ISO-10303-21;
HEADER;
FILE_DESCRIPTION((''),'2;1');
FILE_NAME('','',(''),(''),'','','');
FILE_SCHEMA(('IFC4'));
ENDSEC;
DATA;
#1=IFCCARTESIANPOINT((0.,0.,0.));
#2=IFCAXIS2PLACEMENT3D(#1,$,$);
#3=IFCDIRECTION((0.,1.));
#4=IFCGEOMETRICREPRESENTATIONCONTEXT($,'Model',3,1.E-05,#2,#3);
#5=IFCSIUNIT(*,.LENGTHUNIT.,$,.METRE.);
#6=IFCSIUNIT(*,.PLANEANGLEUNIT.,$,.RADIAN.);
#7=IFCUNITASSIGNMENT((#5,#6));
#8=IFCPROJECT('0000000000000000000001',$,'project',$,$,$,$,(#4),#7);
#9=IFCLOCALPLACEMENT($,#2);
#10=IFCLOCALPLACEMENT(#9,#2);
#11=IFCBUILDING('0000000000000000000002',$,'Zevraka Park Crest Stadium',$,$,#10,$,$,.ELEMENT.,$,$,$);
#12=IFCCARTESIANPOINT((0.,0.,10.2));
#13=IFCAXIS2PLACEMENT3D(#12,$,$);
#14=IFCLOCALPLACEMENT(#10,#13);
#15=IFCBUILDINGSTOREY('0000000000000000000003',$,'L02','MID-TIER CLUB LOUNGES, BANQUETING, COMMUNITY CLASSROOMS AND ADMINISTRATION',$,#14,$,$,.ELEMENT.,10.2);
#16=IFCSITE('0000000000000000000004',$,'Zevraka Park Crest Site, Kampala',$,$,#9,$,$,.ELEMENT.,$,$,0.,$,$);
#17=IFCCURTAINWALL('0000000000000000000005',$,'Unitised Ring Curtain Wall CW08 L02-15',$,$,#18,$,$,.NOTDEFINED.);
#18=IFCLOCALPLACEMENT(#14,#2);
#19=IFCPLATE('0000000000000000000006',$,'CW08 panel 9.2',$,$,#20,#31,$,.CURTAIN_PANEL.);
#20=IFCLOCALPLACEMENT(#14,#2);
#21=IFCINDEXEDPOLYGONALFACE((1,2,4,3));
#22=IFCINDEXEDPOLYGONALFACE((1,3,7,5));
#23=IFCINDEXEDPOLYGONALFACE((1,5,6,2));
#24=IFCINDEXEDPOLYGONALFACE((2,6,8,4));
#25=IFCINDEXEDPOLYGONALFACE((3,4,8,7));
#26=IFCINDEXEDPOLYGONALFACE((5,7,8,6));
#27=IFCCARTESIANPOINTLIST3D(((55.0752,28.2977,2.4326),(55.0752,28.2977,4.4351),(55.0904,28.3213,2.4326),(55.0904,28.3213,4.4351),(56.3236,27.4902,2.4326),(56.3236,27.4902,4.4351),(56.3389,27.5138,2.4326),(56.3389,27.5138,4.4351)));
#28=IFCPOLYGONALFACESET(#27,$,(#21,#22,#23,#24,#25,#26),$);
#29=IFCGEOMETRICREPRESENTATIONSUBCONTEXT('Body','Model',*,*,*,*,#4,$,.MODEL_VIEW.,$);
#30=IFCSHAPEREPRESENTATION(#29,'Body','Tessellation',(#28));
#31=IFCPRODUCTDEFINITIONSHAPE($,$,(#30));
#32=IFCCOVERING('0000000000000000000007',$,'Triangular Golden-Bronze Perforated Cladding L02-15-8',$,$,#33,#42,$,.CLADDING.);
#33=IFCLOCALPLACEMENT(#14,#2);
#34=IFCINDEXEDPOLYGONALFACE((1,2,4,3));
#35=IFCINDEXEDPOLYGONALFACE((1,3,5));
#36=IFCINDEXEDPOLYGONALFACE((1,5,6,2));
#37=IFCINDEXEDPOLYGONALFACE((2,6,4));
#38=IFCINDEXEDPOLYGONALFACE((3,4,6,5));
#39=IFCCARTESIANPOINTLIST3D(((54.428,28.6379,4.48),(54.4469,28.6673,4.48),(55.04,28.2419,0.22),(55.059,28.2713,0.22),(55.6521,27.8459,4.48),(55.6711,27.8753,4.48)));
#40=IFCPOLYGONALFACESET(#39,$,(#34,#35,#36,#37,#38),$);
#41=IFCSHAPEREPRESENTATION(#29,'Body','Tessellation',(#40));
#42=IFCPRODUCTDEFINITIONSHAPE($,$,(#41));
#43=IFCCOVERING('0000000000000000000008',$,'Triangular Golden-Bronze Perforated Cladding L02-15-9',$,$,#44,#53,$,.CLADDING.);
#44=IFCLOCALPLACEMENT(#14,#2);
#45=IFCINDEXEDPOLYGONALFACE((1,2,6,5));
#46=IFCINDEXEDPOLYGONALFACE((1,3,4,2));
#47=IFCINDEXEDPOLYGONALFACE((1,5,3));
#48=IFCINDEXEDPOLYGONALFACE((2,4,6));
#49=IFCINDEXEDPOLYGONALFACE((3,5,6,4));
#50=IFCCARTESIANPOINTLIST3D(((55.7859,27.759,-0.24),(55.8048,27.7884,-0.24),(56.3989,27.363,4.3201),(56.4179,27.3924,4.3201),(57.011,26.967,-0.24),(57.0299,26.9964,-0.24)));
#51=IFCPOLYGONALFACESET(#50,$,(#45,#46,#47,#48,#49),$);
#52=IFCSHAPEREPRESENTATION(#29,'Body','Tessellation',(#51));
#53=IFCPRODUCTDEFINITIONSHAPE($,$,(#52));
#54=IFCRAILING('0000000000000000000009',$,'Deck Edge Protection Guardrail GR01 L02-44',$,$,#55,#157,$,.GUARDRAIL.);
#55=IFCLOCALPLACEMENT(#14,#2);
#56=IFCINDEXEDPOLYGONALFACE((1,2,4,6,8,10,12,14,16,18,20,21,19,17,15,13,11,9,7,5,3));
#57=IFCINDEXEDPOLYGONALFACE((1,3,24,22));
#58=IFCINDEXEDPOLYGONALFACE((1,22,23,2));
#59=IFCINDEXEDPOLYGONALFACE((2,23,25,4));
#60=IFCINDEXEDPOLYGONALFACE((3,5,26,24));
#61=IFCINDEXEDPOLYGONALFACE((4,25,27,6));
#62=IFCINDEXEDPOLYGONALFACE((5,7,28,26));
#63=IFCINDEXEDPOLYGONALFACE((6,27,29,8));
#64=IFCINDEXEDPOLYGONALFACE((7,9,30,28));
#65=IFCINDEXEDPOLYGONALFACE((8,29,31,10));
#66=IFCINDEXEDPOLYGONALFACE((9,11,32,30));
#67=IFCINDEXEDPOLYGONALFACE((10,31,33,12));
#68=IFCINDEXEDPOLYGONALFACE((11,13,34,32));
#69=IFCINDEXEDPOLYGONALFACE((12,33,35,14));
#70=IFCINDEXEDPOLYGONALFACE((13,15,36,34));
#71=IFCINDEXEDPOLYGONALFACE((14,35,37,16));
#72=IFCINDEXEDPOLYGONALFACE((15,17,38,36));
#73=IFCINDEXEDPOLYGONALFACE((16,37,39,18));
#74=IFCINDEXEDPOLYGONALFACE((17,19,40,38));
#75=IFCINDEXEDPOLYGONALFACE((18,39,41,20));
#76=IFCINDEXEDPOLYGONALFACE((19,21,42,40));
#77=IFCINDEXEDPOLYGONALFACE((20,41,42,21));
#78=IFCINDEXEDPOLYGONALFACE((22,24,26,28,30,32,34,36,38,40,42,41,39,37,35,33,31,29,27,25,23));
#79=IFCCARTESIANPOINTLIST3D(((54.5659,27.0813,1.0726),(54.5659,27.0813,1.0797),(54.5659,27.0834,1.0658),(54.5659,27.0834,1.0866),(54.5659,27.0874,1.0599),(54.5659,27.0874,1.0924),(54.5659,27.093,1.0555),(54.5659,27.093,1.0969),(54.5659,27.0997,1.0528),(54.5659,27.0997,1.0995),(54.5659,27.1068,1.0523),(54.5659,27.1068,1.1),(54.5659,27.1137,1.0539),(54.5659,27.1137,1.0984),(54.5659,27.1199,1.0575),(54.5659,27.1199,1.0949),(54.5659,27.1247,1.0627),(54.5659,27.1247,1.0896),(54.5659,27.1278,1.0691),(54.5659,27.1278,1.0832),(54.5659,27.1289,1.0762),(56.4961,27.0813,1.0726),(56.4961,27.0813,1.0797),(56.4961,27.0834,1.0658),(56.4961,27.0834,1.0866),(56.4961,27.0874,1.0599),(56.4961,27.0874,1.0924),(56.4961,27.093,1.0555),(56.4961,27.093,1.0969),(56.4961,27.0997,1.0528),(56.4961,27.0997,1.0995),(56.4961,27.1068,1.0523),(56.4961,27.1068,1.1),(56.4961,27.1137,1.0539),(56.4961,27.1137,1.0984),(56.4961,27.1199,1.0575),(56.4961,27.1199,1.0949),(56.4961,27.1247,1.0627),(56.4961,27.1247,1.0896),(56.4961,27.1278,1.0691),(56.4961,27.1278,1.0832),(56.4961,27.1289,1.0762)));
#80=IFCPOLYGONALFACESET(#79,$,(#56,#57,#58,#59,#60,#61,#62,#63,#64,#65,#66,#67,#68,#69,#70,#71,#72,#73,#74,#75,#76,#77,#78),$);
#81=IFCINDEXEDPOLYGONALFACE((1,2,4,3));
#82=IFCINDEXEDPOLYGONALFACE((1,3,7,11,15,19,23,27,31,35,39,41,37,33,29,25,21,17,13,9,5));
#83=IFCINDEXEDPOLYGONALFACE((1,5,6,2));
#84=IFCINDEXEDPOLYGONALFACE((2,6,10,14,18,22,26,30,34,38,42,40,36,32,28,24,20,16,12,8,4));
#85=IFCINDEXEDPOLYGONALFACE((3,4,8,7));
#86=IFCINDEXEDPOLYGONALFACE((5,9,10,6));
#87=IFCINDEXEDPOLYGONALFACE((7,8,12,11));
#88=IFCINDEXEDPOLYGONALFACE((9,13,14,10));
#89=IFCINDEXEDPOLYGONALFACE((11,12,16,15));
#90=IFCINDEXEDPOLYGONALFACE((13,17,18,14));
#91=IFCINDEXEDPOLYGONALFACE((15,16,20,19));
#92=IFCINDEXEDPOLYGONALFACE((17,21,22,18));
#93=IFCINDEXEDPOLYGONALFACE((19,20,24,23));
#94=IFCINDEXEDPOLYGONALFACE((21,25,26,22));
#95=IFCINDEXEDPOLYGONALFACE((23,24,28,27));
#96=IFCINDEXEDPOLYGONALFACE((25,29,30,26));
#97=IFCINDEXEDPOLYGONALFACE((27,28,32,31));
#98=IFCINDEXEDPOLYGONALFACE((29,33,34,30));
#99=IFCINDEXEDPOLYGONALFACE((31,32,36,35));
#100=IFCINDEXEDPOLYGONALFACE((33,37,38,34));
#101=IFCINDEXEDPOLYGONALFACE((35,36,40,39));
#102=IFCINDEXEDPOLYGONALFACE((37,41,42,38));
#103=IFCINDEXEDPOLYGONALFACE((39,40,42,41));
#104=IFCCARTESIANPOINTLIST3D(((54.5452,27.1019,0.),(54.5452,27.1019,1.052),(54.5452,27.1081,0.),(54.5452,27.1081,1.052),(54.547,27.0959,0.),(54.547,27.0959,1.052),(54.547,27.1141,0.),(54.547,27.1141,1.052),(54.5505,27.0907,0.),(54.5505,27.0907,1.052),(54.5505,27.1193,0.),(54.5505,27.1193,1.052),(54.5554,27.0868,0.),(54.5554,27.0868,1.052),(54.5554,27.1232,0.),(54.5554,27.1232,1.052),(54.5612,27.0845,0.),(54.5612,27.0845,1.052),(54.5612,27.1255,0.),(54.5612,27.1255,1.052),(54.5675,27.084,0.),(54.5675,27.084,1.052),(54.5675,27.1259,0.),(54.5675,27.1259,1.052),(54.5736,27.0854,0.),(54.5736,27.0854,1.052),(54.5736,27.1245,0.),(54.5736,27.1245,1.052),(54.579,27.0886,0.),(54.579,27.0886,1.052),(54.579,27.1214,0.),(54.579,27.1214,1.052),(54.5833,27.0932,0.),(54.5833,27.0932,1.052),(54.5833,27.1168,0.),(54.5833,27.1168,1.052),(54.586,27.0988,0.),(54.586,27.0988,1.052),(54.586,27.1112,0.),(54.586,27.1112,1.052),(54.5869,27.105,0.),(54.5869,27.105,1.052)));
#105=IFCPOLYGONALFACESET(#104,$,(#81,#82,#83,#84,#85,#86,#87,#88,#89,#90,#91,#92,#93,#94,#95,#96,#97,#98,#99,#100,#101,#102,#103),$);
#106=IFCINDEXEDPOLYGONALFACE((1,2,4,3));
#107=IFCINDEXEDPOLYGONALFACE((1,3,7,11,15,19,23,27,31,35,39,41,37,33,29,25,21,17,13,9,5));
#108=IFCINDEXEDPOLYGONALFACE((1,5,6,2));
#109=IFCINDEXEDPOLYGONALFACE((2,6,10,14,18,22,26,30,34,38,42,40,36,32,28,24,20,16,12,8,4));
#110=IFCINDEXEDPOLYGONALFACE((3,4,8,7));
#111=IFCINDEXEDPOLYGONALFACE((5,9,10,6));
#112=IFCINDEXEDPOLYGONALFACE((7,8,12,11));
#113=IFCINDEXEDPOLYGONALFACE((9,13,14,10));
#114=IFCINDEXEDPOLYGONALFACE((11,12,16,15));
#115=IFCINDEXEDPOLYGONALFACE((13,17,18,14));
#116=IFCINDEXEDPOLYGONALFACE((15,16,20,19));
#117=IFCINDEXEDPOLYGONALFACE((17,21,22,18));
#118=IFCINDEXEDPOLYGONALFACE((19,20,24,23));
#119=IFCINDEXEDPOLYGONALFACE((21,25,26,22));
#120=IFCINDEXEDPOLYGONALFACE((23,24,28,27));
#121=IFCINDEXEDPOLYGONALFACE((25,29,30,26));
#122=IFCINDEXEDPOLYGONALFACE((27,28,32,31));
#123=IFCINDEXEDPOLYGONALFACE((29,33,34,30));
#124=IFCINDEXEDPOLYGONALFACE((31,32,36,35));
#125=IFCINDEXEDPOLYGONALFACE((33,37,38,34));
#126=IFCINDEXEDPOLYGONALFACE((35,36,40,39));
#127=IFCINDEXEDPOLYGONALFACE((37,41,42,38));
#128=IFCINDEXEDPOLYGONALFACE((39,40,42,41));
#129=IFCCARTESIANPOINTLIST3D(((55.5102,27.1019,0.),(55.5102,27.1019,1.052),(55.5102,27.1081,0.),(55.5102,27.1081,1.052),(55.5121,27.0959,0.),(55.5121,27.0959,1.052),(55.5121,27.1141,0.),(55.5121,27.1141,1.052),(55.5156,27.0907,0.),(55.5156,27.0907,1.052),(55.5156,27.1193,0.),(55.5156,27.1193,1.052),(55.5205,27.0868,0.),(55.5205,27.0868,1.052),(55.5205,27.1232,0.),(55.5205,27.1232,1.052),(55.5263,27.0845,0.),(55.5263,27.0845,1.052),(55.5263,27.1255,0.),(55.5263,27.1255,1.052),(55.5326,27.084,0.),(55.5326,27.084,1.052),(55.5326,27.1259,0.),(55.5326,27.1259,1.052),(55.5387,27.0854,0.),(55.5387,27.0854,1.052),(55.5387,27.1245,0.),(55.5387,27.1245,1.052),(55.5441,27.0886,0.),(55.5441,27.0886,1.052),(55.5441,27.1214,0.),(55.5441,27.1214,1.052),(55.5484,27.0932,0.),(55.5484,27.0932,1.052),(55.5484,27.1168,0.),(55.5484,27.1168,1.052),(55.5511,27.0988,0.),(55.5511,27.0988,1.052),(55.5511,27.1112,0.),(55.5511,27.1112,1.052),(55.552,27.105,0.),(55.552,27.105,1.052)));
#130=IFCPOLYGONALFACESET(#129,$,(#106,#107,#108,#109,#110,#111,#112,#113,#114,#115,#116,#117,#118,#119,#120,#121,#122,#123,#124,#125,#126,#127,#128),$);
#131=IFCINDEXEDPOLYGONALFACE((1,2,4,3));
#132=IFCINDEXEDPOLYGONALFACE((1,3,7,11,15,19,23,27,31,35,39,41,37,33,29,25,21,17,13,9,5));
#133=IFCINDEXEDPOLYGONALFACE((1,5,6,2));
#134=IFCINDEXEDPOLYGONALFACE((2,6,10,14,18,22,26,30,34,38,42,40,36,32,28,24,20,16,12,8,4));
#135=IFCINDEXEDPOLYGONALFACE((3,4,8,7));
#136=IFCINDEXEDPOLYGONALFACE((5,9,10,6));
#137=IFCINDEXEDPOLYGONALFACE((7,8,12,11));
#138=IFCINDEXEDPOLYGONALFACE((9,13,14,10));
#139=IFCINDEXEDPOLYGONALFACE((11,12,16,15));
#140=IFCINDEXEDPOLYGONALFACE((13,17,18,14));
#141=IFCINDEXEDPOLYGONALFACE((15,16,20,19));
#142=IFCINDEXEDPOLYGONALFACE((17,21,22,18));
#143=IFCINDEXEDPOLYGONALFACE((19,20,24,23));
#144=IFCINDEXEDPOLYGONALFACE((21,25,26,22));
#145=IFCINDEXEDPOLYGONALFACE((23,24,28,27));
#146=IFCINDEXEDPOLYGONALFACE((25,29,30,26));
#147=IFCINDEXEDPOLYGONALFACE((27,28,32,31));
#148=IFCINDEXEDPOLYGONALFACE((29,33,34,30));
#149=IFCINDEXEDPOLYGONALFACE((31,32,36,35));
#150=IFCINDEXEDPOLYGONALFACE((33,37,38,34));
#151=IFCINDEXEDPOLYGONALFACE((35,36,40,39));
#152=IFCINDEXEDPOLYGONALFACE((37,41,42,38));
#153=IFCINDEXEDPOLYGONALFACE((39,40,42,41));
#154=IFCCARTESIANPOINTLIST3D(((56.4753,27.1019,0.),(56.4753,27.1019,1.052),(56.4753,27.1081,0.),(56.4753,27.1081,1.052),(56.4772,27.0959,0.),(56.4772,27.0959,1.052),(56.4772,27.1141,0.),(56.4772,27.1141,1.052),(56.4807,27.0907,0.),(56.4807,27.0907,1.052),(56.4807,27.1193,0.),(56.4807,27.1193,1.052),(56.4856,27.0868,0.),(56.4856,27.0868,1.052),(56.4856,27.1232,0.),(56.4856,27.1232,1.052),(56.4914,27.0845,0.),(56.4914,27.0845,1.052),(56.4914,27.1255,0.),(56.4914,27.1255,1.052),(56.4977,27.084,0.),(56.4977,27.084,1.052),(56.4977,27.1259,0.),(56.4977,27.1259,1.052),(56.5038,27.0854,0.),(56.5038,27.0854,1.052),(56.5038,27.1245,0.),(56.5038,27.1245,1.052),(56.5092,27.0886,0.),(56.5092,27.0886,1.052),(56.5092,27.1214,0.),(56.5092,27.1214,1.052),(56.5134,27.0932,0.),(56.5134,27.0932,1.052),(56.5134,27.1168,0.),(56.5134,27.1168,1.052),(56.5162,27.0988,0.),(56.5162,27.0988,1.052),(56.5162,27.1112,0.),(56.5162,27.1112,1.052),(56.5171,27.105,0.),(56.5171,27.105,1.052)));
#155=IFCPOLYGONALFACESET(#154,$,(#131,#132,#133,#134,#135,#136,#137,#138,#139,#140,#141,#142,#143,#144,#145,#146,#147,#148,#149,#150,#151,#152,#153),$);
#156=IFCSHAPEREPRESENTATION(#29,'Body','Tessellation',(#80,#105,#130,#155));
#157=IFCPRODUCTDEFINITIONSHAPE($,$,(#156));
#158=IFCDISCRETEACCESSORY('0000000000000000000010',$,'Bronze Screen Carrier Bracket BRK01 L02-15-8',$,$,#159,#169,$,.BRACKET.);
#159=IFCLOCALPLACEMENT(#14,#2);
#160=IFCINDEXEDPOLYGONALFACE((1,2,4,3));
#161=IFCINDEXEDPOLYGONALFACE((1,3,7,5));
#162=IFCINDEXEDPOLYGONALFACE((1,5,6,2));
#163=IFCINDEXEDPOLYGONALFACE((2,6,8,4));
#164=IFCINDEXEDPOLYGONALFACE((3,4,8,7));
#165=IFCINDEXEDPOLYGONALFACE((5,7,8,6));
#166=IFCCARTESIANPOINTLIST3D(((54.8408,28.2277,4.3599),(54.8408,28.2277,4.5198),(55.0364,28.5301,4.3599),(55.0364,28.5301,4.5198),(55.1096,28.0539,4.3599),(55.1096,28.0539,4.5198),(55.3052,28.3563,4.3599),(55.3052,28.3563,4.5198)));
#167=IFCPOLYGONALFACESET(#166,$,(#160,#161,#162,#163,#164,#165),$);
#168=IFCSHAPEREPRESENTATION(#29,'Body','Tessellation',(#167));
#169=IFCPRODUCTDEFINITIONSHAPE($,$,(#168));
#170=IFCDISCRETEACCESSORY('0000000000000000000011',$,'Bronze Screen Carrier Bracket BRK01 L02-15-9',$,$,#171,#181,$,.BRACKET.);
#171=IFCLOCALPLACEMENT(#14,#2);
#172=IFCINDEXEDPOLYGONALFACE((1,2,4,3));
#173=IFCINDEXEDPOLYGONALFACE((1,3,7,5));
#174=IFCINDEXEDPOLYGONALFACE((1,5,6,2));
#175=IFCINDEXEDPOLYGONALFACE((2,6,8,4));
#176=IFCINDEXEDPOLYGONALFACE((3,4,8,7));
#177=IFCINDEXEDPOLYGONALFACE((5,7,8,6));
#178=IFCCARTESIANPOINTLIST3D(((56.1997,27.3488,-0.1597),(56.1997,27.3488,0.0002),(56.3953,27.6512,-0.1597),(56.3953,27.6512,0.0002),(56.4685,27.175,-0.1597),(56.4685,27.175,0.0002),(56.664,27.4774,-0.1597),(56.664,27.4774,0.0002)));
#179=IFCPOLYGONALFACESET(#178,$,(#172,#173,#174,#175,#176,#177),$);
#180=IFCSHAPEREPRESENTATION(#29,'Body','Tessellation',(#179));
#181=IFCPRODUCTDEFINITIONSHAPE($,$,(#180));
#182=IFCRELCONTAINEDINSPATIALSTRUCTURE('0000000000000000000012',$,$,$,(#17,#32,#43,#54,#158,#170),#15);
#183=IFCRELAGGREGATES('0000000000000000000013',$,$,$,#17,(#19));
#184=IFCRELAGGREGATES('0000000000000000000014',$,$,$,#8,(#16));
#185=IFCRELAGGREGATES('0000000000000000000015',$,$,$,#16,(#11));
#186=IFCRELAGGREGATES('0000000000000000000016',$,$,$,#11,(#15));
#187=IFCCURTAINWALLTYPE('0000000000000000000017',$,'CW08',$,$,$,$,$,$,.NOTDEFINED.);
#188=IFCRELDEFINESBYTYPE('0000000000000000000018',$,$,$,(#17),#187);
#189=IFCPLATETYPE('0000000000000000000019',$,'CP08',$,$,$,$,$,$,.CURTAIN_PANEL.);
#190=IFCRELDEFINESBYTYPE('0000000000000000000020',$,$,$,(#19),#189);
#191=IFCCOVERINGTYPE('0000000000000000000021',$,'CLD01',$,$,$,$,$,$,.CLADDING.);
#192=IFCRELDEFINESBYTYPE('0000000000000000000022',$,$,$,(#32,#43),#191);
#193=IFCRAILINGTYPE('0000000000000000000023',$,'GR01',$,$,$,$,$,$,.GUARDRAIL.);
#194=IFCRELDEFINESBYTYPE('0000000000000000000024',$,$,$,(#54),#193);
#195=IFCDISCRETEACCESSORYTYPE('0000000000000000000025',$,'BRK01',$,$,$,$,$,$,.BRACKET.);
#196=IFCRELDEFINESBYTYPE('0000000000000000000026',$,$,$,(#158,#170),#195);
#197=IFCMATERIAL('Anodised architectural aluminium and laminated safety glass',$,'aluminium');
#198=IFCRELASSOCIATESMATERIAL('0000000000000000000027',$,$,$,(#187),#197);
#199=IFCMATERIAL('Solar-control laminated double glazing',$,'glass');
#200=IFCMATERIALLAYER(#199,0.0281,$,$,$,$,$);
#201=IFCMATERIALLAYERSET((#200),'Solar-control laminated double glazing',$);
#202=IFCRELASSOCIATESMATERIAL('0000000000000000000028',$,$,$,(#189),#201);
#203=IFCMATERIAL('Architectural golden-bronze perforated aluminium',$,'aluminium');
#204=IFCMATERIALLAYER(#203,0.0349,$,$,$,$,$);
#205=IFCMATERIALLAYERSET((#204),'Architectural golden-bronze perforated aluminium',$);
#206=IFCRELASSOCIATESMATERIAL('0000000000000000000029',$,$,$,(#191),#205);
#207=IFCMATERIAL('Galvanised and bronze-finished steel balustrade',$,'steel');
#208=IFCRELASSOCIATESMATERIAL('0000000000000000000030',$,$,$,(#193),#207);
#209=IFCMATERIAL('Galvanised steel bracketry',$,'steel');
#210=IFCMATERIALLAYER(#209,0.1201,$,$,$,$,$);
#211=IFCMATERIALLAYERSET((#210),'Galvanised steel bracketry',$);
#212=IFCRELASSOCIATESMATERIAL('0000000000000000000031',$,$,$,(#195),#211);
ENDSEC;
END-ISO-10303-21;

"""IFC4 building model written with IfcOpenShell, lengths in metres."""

from ifc_helpers import new_model, si_unit, direction, frame, origin, origin_2d, place, context, subcontext, project, spatial, polyline, rectangle, circle, outline, extrude, material, layer, layer_set, type_object, element, aggregate, save


model = new_model("IFC4")

# Units and contexts
model_context = context("Model", 3, precision=1e-05, world=origin(), true_north=direction((0.0, 1.0)))
body_context = subcontext(model_context, "Body", "Model", "MODEL_VIEW")
ifc_project = project(units=[si_unit("LENGTHUNIT", "METRE"), si_unit("PLANEANGLEUNIT", "RADIAN")], contexts=[model_context])

# Site, building, storey
site_placement = place(None, origin())
site = spatial("IfcSite", under=ifc_project, at=site_placement, Name="Zevraka Park Crest Site, Kampala", CompositionType="ELEMENT", RefElevation=0.0)
building_placement = place(site_placement, origin())
building = spatial("IfcBuilding", under=site, at=building_placement, Name="Zevraka Park Crest Stadium", CompositionType="ELEMENT")
storey_placement = place(building_placement, frame((0.0, 0.0, 10.2)))
storey = spatial("IfcBuildingStorey", under=building, at=storey_placement, Name="L02", Description="MID-TIER CLUB LOUNGES, BANQUETING, COMMUNITY CLASSROOMS AND ADMINISTRATION", CompositionType="ELEMENT", Elevation=10.2)

# Curtain wall, plate
ifc_material_1 = material(Name="Anodised architectural aluminium and laminated safety glass", Category="aluminium")
curtain_wall_type = type_object("IfcCurtainWallType", Name="CW08", PredefinedType="NOTDEFINED", material=ifc_material_1)
curtain_wall_placement = place(storey_placement, origin())
curtain_wall = element("IfcCurtainWall", 1, at=curtain_wall_placement, inside=storey, type_object=curtain_wall_type, Name="Unitised Ring Curtain Wall CW08 L02-15", PredefinedType="NOTDEFINED")
ifc_material_2 = material(Name="Solar-control laminated double glazing", Category="glass")
ifc_layer_1 = layer(ifc_material_2, 0.0281)
ifc_layer_set_1 = layer_set([ifc_layer_1], Name="Solar-control laminated double glazing")
plate_type = type_object("IfcPlateType", Name="CP08", PredefinedType="CURTAIN_PANEL", material=ifc_layer_set_1)
plate_1_placement = place(storey_placement, frame((55.707, 27.9058, 2.4326), z_axis=(0.0, 0.0, 1.0), x_axis=(0.83967, -0.543096, 0.0)))
plate_1 = element("IfcPlate", 2, at=plate_1_placement, type_object=plate_type, Name="CW08 panel 9.2", PredefinedType="CURTAIN_PANEL", context=body_context, shape_type="SweptSolid", body=[
    extrude(rectangle(XDim=1.4868, YDim=0.0281, at=origin_2d()), origin(), (0.0, 0.0, 1.0), 2.0024),
])
aggregate(curtain_wall, [plate_1])

# Coverings
ifc_material_3 = material(Name="Architectural golden-bronze perforated aluminium", Category="aluminium")
ifc_layer_2 = layer(ifc_material_3, 0.0349)
ifc_layer_set_2 = layer_set([ifc_layer_2], Name="Architectural golden-bronze perforated aluminium")
covering_type = type_object("IfcCoveringType", Name="CLD01", PredefinedType="CLADDING", material=ifc_layer_set_2)
covering_1_placement = place(storey_placement, frame((55.6521, 27.8459, 4.48), z_axis=(-0.54321, -0.839597, 0.0), x_axis=(-0.839597, 0.54321, 0.0)))
element("IfcCovering", 3, at=covering_1_placement, inside=storey, type_object=covering_type, Name="Triangular Golden-Bronze Perforated Cladding L02-15-8", PredefinedType="CLADDING", context=body_context, shape_type="SweptSolid", body=[
    extrude(outline(polyline([(0.0, 0.0), (1.458, 0.0), (0.729, 4.26), (0.0, 0.0)])), origin(), (0.0, 0.0, -1.0), 0.0349),
])
covering_2_placement = place(storey_placement, frame((55.7859, 27.759, -0.24), z_axis=(-0.542904, -0.839795, 0.000058), x_axis=(0.839795, -0.542904, 0.0)))
element("IfcCovering", 4, at=covering_2_placement, inside=storey, type_object=covering_type, Name="Triangular Golden-Bronze Perforated Cladding L02-15-9", PredefinedType="CLADDING", context=body_context, shape_type="SweptSolid", body=[
    extrude(outline(polyline([(0.0, 0.0), (1.4588, 0.0), (0.7298, 4.5601), (0.0, 0.0)])), origin(), (0.0, 0.0, -1.0), 0.0349),
])

# Railing
ifc_material_4 = material(Name="Galvanised and bronze-finished steel balustrade", Category="steel")
railing_type = type_object("IfcRailingType", Name="GR01", PredefinedType="GUARDRAIL", material=ifc_material_4)
railing_1_placement = place(storey_placement, frame((54.5659, 27.105, 0.0)))
element("IfcRailing", 5, at=railing_1_placement, inside=storey, type_object=railing_type, Name="Deck Edge Protection Guardrail GR01 L02-44", PredefinedType="GUARDRAIL", context=body_context, shape_type="SweptSolid", body=[
    extrude(circle(Radius=0.0239, at=origin_2d()), frame((0.0, 0.0, 1.0762), z_axis=(1.0, 0.0, 0.0), x_axis=(0.0, 1.0, 0.0)), (0.0, 0.0, 1.0), 1.9302),
    extrude(circle(Radius=0.021, at=origin_2d()), origin(), (0.0, 0.0, 1.0), 1.052),
    extrude(circle(Radius=0.021, at=origin_2d()), frame((0.9651, 0.0, 0.0)), (0.0, 0.0, 1.0), 1.052),
    extrude(circle(Radius=0.021, at=origin_2d()), frame((1.9302, 0.0, 0.0)), (0.0, 0.0, 1.0), 1.052),
])

# Discrete accessories
ifc_material_5 = material(Name="Galvanised steel bracketry", Category="steel")
ifc_layer_3 = layer(ifc_material_5, 0.1201)
ifc_layer_set_3 = layer_set([ifc_layer_3], Name="Galvanised steel bracketry")
discrete_accessory_type = type_object("IfcDiscreteAccessoryType", Name="BRK01", PredefinedType="BRACKET", material=ifc_layer_set_3)
for number, where, z_axis, x_axis, name in (
    (6, (55.073, 28.292, 4.3599), (0.0, 0.0, 1.0), (0.839715, -0.543028, 0.0), "Bronze Screen Carrier Bracket BRK01 L02-15-8"),
    (7, (56.4319, 27.4131, -0.1597), (0.0, 0.0, 1.0), (0.839715, -0.543028, 0.0), "Bronze Screen Carrier Bracket BRK01 L02-15-9"),
):
    element("IfcDiscreteAccessory", number, at=place(storey_placement, frame(where, z_axis=z_axis, x_axis=x_axis)), inside=storey, type_object=discrete_accessory_type, Name=name, PredefinedType="BRACKET", context=body_context, shape_type="SweptSolid", body=[
        extrude(rectangle(XDim=0.3201, YDim=0.3601, at=origin_2d()), origin(), (0.0, 0.0, 1.0), 0.1599),
    ])

save(model, "model.ifc")
